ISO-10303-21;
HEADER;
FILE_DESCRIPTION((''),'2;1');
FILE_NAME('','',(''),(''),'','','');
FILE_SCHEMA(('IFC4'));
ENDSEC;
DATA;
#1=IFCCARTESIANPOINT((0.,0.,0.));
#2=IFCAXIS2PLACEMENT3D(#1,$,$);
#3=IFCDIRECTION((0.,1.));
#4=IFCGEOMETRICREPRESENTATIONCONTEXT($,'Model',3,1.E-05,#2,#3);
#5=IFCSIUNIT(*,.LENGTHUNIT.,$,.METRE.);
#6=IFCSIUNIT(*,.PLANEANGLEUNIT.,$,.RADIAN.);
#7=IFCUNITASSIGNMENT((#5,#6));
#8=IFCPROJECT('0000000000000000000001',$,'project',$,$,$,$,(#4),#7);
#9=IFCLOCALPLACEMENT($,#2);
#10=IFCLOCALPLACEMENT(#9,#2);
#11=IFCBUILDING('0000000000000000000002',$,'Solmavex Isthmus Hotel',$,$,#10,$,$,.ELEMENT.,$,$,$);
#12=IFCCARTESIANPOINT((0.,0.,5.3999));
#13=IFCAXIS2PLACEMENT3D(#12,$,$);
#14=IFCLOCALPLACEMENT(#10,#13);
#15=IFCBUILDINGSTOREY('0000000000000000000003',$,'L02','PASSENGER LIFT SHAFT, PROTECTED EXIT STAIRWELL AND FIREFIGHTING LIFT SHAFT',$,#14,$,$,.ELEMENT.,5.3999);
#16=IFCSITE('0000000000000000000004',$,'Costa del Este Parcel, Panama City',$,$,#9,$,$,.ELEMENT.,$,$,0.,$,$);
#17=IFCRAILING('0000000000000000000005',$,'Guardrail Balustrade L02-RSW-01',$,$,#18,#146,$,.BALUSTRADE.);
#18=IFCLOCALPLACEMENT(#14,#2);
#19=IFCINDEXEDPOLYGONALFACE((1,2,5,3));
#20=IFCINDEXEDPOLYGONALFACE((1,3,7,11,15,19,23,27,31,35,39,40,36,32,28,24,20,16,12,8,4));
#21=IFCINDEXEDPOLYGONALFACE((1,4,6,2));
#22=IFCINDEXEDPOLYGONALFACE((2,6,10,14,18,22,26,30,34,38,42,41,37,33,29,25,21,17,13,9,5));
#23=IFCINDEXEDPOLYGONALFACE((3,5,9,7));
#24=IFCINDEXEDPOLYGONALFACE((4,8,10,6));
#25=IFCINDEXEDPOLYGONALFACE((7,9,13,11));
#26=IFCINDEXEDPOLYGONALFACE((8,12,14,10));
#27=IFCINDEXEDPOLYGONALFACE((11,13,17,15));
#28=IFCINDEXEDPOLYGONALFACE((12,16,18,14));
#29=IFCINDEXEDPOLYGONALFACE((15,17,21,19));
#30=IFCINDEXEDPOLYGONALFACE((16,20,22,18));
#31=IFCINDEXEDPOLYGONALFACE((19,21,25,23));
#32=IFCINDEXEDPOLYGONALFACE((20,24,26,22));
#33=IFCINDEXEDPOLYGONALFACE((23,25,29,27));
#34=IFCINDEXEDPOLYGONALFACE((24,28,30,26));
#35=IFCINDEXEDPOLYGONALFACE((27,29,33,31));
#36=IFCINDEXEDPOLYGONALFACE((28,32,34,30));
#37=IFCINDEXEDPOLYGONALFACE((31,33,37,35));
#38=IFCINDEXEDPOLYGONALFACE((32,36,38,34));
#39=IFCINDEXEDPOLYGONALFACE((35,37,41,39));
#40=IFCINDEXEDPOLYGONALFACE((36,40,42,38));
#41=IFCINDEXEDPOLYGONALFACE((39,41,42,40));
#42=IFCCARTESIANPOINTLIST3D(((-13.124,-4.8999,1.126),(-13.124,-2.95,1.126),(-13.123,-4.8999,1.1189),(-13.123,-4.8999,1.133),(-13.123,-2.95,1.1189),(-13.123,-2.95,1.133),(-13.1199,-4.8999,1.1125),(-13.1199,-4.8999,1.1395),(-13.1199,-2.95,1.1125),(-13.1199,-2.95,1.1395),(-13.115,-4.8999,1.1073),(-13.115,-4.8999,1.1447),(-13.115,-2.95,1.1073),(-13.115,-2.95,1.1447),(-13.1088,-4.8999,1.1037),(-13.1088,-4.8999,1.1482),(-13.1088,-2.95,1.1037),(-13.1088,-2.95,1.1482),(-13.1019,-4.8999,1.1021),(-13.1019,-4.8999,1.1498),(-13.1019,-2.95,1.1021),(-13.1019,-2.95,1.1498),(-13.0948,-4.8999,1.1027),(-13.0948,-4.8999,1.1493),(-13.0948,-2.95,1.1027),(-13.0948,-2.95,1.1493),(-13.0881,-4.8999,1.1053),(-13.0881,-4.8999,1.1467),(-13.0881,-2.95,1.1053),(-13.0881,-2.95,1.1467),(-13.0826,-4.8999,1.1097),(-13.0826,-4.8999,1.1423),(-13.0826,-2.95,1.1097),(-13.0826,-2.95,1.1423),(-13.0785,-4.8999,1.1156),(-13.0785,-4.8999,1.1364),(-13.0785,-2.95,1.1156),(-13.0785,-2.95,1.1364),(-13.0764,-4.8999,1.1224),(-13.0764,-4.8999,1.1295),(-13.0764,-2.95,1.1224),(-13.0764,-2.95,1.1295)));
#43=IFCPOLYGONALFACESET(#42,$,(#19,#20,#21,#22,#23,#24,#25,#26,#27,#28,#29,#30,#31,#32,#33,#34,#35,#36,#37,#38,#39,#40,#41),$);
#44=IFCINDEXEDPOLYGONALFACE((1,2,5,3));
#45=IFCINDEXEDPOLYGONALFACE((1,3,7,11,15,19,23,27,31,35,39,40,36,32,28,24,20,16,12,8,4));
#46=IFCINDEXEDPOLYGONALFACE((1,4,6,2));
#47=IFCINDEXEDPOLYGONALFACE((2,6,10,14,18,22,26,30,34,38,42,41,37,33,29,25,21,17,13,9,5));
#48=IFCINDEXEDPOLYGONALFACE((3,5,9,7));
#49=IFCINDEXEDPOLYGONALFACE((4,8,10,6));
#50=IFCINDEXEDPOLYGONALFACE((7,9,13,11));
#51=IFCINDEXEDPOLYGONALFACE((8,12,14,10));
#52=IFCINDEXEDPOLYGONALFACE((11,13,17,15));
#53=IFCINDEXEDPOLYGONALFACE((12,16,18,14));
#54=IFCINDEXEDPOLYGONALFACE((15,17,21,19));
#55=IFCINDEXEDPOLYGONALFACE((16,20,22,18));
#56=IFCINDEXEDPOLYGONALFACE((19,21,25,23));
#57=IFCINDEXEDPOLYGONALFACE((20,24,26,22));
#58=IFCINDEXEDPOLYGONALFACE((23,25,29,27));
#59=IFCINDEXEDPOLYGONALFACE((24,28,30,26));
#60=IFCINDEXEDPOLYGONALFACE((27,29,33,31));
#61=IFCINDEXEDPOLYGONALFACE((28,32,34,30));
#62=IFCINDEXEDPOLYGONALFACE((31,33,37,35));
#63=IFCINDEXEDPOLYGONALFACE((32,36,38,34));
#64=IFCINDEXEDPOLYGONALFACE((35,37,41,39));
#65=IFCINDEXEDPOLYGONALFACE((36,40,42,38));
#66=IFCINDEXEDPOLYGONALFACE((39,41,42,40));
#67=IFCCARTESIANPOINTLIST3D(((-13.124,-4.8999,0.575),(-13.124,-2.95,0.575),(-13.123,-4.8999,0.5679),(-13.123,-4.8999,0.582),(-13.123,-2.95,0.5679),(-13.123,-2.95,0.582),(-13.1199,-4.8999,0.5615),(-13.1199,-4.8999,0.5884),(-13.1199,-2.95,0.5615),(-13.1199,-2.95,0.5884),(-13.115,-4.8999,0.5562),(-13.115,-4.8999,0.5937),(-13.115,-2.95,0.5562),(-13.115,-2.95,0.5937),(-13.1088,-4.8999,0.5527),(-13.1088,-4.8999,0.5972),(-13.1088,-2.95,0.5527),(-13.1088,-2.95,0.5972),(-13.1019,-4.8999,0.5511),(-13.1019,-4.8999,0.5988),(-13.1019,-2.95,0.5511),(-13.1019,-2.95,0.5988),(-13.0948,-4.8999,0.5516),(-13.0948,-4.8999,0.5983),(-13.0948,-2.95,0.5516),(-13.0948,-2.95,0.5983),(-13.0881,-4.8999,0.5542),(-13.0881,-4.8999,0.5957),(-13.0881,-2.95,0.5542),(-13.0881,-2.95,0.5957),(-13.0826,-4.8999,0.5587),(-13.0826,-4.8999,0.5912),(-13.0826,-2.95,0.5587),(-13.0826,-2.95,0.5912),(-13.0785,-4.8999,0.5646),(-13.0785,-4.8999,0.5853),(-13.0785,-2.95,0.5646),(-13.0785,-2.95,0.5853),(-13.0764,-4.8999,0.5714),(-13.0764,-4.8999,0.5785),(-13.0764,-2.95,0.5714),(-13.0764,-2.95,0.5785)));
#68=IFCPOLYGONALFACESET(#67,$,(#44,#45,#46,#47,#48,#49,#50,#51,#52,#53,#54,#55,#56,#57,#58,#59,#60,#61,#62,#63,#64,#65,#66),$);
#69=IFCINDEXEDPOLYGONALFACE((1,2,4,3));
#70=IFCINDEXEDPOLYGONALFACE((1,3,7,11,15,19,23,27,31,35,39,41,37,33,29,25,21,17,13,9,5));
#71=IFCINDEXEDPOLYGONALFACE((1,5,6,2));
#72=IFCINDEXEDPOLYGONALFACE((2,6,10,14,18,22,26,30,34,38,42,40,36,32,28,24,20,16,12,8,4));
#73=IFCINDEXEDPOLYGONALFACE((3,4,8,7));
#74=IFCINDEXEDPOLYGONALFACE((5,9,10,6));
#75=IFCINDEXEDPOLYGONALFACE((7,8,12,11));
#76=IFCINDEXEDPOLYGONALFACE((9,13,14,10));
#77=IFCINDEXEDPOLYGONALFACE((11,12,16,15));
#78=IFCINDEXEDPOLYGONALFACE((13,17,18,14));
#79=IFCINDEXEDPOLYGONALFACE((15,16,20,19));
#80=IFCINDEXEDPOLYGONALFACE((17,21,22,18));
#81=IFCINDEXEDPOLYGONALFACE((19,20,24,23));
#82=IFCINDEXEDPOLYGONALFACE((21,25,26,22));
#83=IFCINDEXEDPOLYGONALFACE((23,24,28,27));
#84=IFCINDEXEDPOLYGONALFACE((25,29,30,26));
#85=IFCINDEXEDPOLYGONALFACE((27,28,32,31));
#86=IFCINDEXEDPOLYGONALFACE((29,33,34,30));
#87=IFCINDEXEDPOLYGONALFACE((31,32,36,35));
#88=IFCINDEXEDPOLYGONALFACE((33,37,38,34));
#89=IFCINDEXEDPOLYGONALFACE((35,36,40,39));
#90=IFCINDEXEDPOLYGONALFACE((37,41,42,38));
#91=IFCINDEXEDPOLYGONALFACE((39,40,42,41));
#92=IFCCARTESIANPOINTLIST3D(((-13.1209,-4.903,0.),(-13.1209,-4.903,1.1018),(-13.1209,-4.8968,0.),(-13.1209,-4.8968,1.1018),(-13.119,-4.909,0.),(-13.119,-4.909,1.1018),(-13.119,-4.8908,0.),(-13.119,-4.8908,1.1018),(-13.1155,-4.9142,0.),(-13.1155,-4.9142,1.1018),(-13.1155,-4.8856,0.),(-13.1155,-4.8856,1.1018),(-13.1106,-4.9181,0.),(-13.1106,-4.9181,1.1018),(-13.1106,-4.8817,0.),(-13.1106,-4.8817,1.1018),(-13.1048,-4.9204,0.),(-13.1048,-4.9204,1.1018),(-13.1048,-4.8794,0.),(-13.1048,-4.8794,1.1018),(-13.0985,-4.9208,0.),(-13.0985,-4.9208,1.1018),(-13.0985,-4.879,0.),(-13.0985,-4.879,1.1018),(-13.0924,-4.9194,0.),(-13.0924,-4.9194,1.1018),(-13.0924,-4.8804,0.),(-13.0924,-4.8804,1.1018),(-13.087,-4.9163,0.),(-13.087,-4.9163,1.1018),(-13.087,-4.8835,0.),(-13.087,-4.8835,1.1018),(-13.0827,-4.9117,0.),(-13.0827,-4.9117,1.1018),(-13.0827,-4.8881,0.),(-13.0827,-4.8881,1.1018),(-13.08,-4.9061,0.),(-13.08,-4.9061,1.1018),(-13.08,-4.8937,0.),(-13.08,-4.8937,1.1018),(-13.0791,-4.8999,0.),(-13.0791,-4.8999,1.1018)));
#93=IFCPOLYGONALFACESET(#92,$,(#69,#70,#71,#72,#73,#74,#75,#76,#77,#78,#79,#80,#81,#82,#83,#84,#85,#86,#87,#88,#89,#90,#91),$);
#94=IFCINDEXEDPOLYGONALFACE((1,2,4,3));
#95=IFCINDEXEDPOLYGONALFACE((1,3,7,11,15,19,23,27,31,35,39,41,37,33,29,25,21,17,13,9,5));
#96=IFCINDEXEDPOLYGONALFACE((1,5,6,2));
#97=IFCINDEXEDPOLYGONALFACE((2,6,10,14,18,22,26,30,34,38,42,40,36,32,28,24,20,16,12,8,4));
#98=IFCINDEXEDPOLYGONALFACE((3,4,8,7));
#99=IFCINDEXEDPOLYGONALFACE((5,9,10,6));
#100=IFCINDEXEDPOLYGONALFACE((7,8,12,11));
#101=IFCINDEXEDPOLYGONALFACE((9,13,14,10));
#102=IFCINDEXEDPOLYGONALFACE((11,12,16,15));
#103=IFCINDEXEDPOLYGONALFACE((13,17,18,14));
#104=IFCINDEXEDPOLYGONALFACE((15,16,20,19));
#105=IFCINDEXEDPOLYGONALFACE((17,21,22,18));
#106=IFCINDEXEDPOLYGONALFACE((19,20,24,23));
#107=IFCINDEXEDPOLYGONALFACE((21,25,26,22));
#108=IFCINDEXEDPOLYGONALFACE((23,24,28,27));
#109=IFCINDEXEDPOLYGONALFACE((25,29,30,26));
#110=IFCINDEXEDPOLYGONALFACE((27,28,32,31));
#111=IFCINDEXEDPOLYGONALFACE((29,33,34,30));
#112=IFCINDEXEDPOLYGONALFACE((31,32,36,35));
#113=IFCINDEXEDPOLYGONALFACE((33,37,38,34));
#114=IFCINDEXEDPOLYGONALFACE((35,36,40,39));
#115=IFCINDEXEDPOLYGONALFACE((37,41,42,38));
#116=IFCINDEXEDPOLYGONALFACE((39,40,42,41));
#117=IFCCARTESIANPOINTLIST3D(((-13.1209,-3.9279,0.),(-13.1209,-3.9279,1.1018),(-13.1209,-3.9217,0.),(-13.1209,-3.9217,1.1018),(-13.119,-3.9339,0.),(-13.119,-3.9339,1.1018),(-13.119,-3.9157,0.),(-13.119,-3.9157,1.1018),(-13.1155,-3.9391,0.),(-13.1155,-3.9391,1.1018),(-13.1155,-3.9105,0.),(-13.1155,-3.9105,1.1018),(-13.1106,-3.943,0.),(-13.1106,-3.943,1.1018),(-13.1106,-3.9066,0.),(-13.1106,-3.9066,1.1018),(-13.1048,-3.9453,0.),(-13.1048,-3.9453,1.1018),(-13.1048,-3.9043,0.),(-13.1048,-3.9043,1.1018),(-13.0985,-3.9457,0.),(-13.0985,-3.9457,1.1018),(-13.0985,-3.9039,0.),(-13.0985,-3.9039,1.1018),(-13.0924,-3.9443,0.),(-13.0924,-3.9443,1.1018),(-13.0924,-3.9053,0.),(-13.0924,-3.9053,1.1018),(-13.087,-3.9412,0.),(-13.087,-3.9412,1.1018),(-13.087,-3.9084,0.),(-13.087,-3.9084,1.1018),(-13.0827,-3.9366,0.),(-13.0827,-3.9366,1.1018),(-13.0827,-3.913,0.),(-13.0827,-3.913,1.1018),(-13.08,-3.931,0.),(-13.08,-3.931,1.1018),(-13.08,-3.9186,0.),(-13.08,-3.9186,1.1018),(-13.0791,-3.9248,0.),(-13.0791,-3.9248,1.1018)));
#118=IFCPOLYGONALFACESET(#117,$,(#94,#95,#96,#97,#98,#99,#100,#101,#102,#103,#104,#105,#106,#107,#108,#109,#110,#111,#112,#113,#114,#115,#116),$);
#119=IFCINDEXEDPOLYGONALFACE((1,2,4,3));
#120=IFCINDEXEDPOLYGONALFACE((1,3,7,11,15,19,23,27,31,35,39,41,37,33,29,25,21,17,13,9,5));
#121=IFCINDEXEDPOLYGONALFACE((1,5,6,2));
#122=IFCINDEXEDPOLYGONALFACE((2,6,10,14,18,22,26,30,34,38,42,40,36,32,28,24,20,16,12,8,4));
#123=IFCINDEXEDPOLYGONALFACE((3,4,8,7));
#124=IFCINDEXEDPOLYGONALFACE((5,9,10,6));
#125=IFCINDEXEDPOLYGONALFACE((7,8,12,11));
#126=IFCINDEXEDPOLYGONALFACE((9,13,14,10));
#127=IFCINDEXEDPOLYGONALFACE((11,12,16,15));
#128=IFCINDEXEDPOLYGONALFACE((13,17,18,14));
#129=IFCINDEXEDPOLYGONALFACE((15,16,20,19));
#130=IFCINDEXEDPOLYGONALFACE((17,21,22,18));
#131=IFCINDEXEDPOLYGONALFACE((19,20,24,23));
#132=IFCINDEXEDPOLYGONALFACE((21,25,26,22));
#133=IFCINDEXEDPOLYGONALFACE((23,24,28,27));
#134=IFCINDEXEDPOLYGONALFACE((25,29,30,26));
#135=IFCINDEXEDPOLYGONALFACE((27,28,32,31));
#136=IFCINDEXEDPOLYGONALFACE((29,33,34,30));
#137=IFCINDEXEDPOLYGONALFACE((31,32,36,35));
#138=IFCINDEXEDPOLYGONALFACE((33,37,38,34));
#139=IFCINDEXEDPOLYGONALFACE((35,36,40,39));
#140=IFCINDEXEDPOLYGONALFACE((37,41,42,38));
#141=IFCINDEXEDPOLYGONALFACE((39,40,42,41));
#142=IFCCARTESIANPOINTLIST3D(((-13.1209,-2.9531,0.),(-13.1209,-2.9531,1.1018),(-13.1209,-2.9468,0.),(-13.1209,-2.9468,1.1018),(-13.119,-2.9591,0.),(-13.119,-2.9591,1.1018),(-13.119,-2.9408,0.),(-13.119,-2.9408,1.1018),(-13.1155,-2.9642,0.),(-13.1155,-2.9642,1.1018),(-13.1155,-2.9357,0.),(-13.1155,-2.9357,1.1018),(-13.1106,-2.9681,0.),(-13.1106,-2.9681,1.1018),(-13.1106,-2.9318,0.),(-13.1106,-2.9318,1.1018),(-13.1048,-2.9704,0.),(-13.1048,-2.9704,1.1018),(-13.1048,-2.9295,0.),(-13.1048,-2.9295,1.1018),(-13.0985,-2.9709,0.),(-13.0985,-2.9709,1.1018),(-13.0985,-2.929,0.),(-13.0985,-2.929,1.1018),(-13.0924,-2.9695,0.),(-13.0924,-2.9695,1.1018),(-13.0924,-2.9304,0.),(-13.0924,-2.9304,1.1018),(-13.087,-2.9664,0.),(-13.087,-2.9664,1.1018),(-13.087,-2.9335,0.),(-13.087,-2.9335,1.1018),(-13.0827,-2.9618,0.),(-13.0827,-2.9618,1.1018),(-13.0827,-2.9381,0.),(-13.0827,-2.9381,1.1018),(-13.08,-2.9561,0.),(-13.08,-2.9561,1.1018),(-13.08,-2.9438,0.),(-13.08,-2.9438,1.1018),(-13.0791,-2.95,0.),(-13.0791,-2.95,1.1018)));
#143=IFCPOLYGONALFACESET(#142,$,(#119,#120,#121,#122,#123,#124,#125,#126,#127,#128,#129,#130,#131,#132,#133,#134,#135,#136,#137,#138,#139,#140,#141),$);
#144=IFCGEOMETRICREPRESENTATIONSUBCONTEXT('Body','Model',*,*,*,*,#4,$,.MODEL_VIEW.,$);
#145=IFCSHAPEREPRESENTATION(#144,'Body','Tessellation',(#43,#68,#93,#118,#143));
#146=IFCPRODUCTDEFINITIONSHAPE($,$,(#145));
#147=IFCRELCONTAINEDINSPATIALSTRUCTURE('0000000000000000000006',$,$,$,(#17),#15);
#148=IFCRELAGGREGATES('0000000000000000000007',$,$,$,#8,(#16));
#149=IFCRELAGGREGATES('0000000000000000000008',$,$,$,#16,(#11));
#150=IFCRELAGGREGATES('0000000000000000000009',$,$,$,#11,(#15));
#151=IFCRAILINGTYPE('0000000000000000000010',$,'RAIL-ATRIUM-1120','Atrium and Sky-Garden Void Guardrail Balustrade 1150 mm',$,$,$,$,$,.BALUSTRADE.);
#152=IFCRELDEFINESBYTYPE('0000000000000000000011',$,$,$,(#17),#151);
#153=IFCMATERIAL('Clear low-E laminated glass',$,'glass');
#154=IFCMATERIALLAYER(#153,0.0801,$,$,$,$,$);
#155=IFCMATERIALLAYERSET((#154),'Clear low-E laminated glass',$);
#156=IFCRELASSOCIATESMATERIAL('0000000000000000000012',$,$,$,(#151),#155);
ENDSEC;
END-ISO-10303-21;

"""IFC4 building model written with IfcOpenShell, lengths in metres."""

from ifc_helpers import new_model, si_unit, direction, frame, origin, origin_2d, place, context, subcontext, project, spatial, circle, extrude, material, layer, layer_set, type_object, element, save


model = new_model("IFC4")

# Units and contexts
model_context = context("Model", 3, precision=1e-05, world=origin(), true_north=direction((0.0, 1.0)))
body_context = subcontext(model_context, "Body", "Model", "MODEL_VIEW")
ifc_project = project(units=[si_unit("LENGTHUNIT", "METRE"), si_unit("PLANEANGLEUNIT", "RADIAN")], contexts=[model_context])

# Site, building, storey
site_placement = place(None, origin())
site = spatial("IfcSite", under=ifc_project, at=site_placement, Name="Costa del Este Parcel, Panama City", CompositionType="ELEMENT", RefElevation=0.0)
building_placement = place(site_placement, origin())
building = spatial("IfcBuilding", under=site, at=building_placement, Name="Solmavex Isthmus Hotel", CompositionType="ELEMENT")
storey_placement = place(building_placement, frame((0.0, 0.0, 5.3999)))
storey = spatial("IfcBuildingStorey", under=building, at=storey_placement, Name="L02", Description="PASSENGER LIFT SHAFT, PROTECTED EXIT STAIRWELL AND FIREFIGHTING LIFT SHAFT", CompositionType="ELEMENT", Elevation=5.3999)

# Shared definitions
ifc_material_1 = material(Name="Clear low-E laminated glass", Category="glass")

# Railing
ifc_layer_1 = layer(ifc_material_1, 0.0801)
ifc_layer_set_1 = layer_set([ifc_layer_1], Name="Clear low-E laminated glass")
railing_type = type_object("IfcRailingType", Name="RAIL-ATRIUM-1120", Description="Atrium and Sky-Garden Void Guardrail Balustrade 1150 mm", PredefinedType="BALUSTRADE", material=ifc_layer_set_1)
railing_1_placement = place(storey_placement, frame((-13.1001, -4.8999, 0.0)))
element("IfcRailing", 1, at=railing_1_placement, inside=storey, type_object=railing_type, Name="Guardrail Balustrade L02-RSW-01", PredefinedType="BALUSTRADE", context=body_context, shape_type="SweptSolid", body=[
    extrude(circle(Radius=0.0239, at=origin_2d()), frame((0.0, 0.0, 1.126), z_axis=(0.0, 1.0, 0.0), x_axis=(-1.0, 0.0, 0.0)), (0.0, 0.0, 1.0), 1.95),
    extrude(circle(Radius=0.0239, at=origin_2d()), frame((0.0, 0.0, 0.575), z_axis=(0.0, 1.0, 0.0), x_axis=(-1.0, 0.0, 0.0)), (0.0, 0.0, 1.0), 1.95),
    extrude(circle(Radius=0.021, at=origin_2d()), origin(), (0.0, 0.0, 1.0), 1.1018),
    extrude(circle(Radius=0.021, at=origin_2d()), frame((0.0, 0.9751, 0.0)), (0.0, 0.0, 1.0), 1.1018),
    extrude(circle(Radius=0.021, at=origin_2d()), frame((0.0, 1.95, 0.0)), (0.0, 0.0, 1.0), 1.1018),
])

save(model, "model.ifc")
